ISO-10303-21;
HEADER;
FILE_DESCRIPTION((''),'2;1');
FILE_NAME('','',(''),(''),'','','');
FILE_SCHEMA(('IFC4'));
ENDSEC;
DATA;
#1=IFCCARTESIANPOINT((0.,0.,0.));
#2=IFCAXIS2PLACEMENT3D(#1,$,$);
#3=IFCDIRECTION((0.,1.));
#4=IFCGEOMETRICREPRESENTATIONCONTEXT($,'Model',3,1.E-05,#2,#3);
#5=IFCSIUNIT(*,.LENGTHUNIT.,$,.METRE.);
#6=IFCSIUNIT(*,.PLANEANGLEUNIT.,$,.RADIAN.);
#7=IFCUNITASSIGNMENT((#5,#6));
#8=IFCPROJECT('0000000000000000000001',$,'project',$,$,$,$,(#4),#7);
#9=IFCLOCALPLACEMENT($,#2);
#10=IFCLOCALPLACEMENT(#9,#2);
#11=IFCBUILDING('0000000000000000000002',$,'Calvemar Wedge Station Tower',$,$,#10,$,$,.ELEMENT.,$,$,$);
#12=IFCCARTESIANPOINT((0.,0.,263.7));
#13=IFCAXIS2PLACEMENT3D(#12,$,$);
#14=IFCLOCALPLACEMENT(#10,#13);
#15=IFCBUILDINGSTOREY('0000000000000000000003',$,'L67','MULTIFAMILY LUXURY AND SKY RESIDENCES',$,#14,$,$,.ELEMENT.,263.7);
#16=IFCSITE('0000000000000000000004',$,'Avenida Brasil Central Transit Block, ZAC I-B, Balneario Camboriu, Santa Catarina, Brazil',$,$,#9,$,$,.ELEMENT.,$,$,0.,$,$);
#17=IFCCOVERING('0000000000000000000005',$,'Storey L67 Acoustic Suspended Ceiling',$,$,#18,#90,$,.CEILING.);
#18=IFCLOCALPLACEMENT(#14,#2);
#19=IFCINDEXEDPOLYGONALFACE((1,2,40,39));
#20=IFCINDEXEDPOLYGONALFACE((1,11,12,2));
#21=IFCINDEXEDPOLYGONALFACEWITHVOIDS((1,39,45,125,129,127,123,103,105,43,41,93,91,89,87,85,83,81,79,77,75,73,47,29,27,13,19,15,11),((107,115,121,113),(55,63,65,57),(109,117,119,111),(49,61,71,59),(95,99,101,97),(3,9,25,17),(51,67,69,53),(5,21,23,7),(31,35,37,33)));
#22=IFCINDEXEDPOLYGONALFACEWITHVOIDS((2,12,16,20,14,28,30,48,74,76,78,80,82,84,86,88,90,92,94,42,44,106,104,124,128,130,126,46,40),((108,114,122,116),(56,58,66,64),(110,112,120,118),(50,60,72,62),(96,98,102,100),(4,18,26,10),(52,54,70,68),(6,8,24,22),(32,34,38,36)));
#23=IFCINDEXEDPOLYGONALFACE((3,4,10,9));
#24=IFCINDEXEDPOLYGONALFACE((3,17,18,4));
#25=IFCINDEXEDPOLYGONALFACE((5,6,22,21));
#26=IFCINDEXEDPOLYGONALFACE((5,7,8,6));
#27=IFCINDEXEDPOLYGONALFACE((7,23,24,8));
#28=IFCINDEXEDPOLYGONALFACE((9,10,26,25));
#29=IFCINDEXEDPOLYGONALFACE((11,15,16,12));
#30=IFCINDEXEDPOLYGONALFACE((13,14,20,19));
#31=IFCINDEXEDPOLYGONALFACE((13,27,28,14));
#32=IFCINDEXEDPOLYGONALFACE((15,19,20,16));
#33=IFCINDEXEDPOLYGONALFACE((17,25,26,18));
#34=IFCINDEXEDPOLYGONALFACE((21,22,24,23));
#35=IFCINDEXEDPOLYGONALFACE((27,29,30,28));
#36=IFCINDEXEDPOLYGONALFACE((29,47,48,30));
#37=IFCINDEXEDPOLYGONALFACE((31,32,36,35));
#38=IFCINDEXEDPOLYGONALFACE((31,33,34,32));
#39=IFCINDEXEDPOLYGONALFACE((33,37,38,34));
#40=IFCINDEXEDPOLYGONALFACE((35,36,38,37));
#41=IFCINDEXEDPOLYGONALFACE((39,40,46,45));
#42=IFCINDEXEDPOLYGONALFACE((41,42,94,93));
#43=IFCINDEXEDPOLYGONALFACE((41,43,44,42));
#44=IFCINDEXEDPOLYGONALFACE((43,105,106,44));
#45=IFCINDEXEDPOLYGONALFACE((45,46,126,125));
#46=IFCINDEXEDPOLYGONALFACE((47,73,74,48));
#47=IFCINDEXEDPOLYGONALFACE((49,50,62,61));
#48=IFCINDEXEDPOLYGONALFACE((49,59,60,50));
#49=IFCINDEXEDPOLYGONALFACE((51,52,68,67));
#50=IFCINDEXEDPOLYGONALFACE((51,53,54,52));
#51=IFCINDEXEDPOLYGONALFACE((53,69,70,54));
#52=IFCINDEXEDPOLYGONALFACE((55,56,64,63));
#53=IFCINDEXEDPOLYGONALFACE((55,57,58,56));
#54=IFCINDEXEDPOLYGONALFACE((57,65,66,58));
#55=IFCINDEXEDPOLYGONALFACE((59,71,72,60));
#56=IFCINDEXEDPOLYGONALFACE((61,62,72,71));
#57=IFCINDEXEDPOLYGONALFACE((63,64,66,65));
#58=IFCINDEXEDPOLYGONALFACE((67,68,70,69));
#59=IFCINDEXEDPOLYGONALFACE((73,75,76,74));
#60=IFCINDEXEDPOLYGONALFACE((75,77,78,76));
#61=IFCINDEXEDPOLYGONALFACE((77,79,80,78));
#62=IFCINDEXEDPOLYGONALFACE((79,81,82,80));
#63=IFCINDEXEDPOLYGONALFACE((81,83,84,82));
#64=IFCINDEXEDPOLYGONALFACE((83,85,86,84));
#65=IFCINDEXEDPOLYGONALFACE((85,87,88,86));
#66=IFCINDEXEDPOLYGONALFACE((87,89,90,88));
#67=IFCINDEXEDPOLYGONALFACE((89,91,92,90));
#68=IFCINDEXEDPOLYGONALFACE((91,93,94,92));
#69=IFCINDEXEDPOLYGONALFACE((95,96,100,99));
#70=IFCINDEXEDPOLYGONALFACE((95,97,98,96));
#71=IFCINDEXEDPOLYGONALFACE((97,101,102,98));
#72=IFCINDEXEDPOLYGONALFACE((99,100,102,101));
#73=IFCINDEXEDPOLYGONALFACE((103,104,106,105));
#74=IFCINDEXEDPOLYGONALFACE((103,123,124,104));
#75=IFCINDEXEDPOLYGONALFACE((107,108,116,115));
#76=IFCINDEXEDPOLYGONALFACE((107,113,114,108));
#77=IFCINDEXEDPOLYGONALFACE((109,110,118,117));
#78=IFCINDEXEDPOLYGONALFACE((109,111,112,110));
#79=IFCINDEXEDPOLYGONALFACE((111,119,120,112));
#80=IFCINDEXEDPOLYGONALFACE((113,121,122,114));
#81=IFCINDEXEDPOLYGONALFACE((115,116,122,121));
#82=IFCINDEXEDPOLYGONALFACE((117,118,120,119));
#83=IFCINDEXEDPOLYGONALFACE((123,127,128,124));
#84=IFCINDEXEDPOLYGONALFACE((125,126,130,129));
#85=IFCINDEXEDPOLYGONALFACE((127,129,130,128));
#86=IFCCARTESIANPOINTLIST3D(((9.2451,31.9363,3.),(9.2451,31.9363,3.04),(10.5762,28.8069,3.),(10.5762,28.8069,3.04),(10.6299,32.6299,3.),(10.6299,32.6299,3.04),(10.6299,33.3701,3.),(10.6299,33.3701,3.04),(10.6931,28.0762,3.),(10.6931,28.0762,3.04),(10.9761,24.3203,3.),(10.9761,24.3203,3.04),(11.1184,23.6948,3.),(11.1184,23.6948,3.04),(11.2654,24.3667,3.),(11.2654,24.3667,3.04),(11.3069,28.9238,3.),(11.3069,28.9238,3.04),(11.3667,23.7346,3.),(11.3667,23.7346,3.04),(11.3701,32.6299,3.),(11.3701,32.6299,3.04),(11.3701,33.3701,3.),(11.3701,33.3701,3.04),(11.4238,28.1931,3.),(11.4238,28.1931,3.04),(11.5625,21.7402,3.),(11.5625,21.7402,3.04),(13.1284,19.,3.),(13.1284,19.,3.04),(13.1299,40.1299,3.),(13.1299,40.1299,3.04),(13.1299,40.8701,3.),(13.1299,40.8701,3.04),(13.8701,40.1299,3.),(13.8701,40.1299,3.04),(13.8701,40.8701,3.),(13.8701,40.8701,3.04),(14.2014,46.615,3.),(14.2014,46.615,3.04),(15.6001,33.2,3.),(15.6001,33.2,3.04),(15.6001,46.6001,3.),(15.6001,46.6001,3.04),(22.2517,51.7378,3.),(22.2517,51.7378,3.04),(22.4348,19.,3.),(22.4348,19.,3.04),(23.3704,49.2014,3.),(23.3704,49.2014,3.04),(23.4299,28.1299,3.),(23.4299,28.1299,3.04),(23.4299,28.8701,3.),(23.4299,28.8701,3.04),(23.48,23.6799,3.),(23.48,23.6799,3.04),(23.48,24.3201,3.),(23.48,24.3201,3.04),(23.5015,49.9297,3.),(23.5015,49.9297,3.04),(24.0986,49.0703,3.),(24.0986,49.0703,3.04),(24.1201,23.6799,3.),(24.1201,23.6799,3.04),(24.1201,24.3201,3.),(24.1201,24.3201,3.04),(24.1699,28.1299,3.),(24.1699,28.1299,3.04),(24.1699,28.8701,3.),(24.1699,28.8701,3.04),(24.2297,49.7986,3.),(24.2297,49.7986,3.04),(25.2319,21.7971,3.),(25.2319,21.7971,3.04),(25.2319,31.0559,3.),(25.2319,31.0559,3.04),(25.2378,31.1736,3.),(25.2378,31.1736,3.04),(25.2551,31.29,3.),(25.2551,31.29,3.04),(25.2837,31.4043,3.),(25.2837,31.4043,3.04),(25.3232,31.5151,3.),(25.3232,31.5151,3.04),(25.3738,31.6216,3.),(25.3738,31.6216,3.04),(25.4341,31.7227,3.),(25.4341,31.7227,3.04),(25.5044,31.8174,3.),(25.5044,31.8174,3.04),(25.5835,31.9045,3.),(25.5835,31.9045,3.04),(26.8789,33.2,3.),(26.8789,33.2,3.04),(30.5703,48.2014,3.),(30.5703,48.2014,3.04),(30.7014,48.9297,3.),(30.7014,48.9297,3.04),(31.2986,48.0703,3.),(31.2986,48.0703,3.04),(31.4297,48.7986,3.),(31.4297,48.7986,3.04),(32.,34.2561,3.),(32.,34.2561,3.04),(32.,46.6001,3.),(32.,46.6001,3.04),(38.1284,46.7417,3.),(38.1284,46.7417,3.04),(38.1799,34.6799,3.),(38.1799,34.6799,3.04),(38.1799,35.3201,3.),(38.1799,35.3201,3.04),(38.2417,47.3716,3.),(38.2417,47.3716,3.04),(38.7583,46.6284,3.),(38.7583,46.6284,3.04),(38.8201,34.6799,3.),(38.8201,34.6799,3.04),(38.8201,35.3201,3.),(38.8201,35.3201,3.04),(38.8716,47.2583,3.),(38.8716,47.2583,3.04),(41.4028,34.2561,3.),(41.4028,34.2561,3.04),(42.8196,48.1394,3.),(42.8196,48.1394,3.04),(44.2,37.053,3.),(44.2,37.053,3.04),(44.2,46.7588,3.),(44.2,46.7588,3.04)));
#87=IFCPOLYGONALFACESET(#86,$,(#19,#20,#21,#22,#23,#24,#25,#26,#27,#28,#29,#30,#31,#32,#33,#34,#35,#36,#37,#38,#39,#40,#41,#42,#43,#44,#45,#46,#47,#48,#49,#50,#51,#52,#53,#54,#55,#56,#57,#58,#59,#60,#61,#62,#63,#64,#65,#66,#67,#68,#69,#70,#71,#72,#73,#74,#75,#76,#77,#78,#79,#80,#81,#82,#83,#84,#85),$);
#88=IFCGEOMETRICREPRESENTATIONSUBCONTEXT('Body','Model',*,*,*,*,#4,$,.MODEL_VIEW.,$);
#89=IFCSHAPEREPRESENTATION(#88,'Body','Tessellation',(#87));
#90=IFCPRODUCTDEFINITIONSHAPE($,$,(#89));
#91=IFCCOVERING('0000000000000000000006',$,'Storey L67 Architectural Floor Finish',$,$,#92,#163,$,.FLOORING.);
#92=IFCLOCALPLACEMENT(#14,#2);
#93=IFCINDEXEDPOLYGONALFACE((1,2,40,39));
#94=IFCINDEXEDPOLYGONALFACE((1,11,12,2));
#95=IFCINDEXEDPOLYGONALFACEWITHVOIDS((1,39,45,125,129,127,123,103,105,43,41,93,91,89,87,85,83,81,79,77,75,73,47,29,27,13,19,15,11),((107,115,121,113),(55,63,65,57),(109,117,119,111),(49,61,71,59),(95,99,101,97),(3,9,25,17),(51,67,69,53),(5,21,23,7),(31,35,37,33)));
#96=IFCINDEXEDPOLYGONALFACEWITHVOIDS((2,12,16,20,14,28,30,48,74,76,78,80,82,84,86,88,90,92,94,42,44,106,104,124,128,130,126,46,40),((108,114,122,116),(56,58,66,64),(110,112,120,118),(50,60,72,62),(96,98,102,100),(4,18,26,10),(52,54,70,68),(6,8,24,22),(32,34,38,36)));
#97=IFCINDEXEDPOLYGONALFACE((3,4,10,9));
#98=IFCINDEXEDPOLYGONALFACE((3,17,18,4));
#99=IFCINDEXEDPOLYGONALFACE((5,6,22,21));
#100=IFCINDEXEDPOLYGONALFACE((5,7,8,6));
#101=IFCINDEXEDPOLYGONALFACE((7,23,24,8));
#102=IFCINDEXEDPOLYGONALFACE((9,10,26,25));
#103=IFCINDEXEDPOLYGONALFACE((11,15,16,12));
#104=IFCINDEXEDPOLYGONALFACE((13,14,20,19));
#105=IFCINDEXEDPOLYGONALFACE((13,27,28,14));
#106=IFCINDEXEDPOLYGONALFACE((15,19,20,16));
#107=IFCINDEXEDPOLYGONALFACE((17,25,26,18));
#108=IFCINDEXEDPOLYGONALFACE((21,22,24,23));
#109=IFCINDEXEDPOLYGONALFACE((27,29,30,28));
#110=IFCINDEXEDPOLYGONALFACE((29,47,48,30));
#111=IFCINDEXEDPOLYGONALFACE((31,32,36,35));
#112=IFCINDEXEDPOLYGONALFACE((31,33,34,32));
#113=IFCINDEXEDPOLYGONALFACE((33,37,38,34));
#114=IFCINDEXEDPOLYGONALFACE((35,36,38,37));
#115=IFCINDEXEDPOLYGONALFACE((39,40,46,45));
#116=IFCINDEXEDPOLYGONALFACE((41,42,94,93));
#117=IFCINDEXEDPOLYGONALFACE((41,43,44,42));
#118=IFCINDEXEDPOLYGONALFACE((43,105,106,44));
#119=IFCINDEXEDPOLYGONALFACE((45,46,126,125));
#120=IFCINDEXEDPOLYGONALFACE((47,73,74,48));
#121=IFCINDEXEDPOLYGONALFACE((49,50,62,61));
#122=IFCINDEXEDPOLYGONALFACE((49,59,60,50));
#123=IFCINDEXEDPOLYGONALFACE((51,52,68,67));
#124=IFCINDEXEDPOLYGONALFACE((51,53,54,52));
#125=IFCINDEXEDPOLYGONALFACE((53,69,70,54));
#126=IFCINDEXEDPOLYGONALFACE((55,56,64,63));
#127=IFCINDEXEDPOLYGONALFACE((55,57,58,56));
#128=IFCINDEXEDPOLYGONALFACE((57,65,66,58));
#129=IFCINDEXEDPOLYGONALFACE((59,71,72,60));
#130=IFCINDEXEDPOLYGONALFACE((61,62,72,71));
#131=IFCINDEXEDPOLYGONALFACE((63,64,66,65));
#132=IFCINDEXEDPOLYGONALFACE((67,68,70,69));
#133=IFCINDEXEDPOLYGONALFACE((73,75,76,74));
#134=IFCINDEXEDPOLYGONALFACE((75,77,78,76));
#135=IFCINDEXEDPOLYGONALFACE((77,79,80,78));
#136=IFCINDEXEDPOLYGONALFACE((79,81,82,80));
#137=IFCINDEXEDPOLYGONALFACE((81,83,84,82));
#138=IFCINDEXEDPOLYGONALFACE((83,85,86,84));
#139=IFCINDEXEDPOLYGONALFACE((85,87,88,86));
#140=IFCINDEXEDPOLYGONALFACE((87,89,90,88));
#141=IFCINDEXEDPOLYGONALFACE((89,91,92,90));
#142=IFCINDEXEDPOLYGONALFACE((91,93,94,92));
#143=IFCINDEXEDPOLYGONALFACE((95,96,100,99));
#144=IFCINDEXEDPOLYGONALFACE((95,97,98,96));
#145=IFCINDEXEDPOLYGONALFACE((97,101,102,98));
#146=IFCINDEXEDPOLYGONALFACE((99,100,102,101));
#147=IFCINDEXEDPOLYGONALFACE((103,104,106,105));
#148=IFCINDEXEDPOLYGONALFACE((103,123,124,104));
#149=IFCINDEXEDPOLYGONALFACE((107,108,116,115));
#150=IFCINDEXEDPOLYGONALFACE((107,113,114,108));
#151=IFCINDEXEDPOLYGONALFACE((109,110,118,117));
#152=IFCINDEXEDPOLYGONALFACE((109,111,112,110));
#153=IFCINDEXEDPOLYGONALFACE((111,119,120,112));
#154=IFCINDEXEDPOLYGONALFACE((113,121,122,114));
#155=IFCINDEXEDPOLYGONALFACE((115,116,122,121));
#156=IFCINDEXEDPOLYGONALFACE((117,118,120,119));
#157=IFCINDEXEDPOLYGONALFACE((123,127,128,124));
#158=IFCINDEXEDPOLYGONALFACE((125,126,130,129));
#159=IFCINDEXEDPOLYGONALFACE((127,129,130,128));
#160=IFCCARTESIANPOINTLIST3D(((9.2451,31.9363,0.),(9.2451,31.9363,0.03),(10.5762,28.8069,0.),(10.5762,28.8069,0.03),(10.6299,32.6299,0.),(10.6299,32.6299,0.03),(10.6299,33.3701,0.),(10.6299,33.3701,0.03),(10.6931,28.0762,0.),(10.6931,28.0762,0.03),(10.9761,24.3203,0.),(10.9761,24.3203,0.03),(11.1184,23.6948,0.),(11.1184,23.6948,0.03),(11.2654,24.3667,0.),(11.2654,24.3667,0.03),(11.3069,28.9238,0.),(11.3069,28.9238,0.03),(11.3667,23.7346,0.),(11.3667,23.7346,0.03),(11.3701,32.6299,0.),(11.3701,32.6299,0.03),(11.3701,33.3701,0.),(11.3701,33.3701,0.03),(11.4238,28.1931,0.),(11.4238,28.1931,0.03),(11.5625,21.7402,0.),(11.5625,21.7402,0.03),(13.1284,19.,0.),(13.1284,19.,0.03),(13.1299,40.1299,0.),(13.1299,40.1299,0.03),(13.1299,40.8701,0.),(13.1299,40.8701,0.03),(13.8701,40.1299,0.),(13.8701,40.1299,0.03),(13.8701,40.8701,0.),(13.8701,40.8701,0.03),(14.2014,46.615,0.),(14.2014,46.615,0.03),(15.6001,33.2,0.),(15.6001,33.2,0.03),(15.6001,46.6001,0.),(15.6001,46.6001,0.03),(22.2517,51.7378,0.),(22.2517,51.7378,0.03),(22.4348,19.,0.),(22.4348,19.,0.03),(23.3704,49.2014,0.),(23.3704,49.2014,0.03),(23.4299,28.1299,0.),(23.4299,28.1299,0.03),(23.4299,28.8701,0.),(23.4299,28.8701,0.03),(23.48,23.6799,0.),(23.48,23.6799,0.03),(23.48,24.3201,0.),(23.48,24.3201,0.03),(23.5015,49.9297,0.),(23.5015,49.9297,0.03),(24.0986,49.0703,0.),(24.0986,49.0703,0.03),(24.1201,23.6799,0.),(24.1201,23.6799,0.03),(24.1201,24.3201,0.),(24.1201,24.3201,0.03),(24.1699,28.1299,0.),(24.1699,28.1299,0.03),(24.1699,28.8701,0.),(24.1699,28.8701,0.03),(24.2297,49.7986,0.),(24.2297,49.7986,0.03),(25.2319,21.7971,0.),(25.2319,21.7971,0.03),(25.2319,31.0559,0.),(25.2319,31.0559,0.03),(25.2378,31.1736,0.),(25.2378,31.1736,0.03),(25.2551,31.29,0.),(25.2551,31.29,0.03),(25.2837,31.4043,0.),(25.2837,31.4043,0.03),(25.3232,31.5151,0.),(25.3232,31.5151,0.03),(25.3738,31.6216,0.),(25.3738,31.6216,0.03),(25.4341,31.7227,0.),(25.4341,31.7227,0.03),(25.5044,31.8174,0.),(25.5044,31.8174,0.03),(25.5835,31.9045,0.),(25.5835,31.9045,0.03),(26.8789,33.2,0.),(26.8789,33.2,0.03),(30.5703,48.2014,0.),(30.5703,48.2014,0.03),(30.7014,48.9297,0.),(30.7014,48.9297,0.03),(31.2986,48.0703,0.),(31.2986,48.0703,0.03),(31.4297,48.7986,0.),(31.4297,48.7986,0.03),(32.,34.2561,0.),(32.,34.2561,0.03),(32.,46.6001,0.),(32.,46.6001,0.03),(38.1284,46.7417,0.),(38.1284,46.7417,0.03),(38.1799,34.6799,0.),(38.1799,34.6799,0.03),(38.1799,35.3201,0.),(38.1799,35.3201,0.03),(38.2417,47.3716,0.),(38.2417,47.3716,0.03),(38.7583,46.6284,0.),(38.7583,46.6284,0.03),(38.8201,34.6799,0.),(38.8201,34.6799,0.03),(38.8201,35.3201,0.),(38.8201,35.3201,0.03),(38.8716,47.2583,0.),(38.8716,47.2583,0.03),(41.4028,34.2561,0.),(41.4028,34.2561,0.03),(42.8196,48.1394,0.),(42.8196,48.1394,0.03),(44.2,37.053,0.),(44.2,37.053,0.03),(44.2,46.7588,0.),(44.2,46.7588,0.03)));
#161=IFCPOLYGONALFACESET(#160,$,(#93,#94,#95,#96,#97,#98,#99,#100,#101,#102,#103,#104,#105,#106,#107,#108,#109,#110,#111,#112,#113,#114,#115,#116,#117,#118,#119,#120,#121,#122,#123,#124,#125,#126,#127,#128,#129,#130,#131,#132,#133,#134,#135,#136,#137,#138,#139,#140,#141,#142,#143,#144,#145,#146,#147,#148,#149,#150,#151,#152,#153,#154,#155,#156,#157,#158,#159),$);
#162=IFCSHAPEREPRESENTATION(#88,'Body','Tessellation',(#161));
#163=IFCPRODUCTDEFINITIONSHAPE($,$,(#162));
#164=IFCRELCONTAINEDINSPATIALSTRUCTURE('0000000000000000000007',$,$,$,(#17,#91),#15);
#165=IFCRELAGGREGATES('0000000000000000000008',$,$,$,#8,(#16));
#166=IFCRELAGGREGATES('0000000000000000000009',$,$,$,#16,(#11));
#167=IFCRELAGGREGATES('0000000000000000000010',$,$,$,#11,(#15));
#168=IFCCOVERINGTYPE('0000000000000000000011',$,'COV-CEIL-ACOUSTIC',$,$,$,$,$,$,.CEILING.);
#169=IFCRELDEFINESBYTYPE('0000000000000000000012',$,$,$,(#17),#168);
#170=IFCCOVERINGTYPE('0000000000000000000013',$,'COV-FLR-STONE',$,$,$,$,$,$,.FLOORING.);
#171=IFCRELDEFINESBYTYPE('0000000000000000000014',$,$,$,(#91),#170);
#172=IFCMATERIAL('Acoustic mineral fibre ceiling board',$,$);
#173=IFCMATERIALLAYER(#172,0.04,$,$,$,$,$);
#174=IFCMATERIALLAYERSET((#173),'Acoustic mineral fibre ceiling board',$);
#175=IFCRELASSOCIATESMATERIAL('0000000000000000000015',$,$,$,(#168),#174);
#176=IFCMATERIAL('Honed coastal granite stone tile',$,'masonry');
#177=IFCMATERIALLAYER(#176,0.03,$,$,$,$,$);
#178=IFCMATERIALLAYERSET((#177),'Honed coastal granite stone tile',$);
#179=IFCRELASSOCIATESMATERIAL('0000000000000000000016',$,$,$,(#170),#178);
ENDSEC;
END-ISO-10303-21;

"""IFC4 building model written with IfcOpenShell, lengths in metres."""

from ifc_helpers import new_model, si_unit, direction, frame, origin, place, context, subcontext, project, spatial, polyline, outline, extrude, material, layer, layer_set, type_object, element, save


model = new_model("IFC4")

# Units and contexts
model_context = context("Model", 3, precision=1e-05, world=origin(), true_north=direction((0.0, 1.0)))
body_context = subcontext(model_context, "Body", "Model", "MODEL_VIEW")
ifc_project = project(units=[si_unit("LENGTHUNIT", "METRE"), si_unit("PLANEANGLEUNIT", "RADIAN")], contexts=[model_context])

# Site, building, storey
site_placement = place(None, origin())
site = spatial("IfcSite", under=ifc_project, at=site_placement, Name="Avenida Brasil Central Transit Block, ZAC I-B, Balneario Camboriu, Santa Catarina, Brazil", CompositionType="ELEMENT", RefElevation=0.0)
building_placement = place(site_placement, origin())
building = spatial("IfcBuilding", under=site, at=building_placement, Name="Calvemar Wedge Station Tower", CompositionType="ELEMENT")
storey_placement = place(building_placement, frame((0.0, 0.0, 263.7)))
storey = spatial("IfcBuildingStorey", under=building, at=storey_placement, Name="L67", Description="MULTIFAMILY LUXURY AND SKY RESIDENCES", CompositionType="ELEMENT", Elevation=263.7)

# Coverings
ifc_material_1 = material(Name="Acoustic mineral fibre ceiling board")
ifc_layer_1 = layer(ifc_material_1, 0.04)
ifc_layer_set_1 = layer_set([ifc_layer_1], Name="Acoustic mineral fibre ceiling board")
covering_type_1 = type_object("IfcCoveringType", Name="COV-CEIL-ACOUSTIC", PredefinedType="CEILING", material=ifc_layer_set_1)
covering_1_placement = place(storey_placement, frame((0.0, 0.0, 3.0)))
element("IfcCovering", 1, at=covering_1_placement, inside=storey, type_object=covering_type_1, Name="Storey L67 Acoustic Suspended Ceiling", PredefinedType="CEILING", context=body_context, shape_type="SweptSolid", body=[
    extrude(outline(polyline([(15.6001, 33.2), (15.6001, 46.6001), (32.0, 46.6001), (32.0, 34.2561), (41.4028, 34.2561), (44.2, 37.053), (44.2, 46.7588), (42.8196, 48.1394), (22.2517, 51.7378), (14.2014, 46.615), (9.2451, 31.9363), (10.9761, 24.3203), (11.2654, 24.3667), (11.3667, 23.7346), (11.1184, 23.6948), (11.5625, 21.7402), (13.1284, 19.0), (22.4348, 19.0), (25.2319, 21.7971), (25.2319, 31.0559), (25.2378, 31.1736), (25.2551, 31.29), (25.2837, 31.4043), (25.3232, 31.5151), (25.3738, 31.6216), (25.4341, 31.7227), (25.5044, 31.8174), (25.5835, 31.9045), (26.8789, 33.2), (15.6001, 33.2)]), holes=[polyline([(11.3701, 33.3701), (11.3701, 32.6299), (10.6299, 32.6299), (10.6299, 33.3701), (11.3701, 33.3701)]), polyline([(13.8701, 40.1299), (13.1299, 40.1299), (13.1299, 40.8701), (13.8701, 40.8701), (13.8701, 40.1299)]), polyline([(23.3704, 49.2014), (23.5015, 49.9297), (24.2297, 49.7986), (24.0986, 49.0703), (23.3704, 49.2014)]), polyline([(30.7014, 48.9297), (31.4297, 48.7986), (31.2986, 48.0703), (30.5703, 48.2014), (30.7014, 48.9297)]), polyline([(38.8716, 47.2583), (38.7583, 46.6284), (38.1284, 46.7417), (38.2417, 47.3716), (38.8716, 47.2583)]), polyline([(38.8201, 34.6799), (38.1799, 34.6799), (38.1799, 35.3201), (38.8201, 35.3201), (38.8201, 34.6799)]), polyline([(10.5762, 28.8069), (11.3069, 28.9238), (11.4238, 28.1931), (10.6931, 28.0762), (10.5762, 28.8069)]), polyline([(24.1699, 28.8701), (24.1699, 28.1299), (23.4299, 28.1299), (23.4299, 28.8701), (24.1699, 28.8701)]), polyline([(24.1201, 23.6799), (23.48, 23.6799), (23.48, 24.3201), (24.1201, 24.3201), (24.1201, 23.6799)])]), origin(), (0.0, 0.0, 1.0), 0.04),
])
ifc_material_2 = material(Name="Honed coastal granite stone tile", Category="masonry")
ifc_layer_2 = layer(ifc_material_2, 0.03)
ifc_layer_set_2 = layer_set([ifc_layer_2], Name="Honed coastal granite stone tile")
covering_type_2 = type_object("IfcCoveringType", Name="COV-FLR-STONE", PredefinedType="FLOORING", material=ifc_layer_set_2)
covering_2_placement = place(storey_placement, origin())
element("IfcCovering", 2, at=covering_2_placement, inside=storey, type_object=covering_type_2, Name="Storey L67 Architectural Floor Finish", PredefinedType="FLOORING", context=body_context, shape_type="SweptSolid", body=[
    extrude(outline(polyline([(15.6001, 33.2), (15.6001, 46.6001), (32.0, 46.6001), (32.0, 34.2561), (41.4028, 34.2561), (44.2, 37.053), (44.2, 46.7588), (42.8196, 48.1394), (22.2517, 51.7378), (14.2014, 46.615), (9.2451, 31.9363), (10.9761, 24.3203), (11.2654, 24.3667), (11.3667, 23.7346), (11.1184, 23.6948), (11.5625, 21.7402), (13.1284, 19.0), (22.4348, 19.0), (25.2319, 21.7971), (25.2319, 31.0559), (25.2378, 31.1736), (25.2551, 31.29), (25.2837, 31.4043), (25.3232, 31.5151), (25.3738, 31.6216), (25.4341, 31.7227), (25.5044, 31.8174), (25.5835, 31.9045), (26.8789, 33.2), (15.6001, 33.2)]), holes=[polyline([(11.3701, 33.3701), (11.3701, 32.6299), (10.6299, 32.6299), (10.6299, 33.3701), (11.3701, 33.3701)]), polyline([(13.8701, 40.1299), (13.1299, 40.1299), (13.1299, 40.8701), (13.8701, 40.8701), (13.8701, 40.1299)]), polyline([(23.3704, 49.2014), (23.5015, 49.9297), (24.2297, 49.7986), (24.0986, 49.0703), (23.3704, 49.2014)]), polyline([(30.7014, 48.9297), (31.4297, 48.7986), (31.2986, 48.0703), (30.5703, 48.2014), (30.7014, 48.9297)]), polyline([(38.8716, 47.2583), (38.7583, 46.6284), (38.1284, 46.7417), (38.2417, 47.3716), (38.8716, 47.2583)]), polyline([(38.8201, 34.6799), (38.1799, 34.6799), (38.1799, 35.3201), (38.8201, 35.3201), (38.8201, 34.6799)]), polyline([(10.5762, 28.8069), (11.3069, 28.9238), (11.4238, 28.1931), (10.6931, 28.0762), (10.5762, 28.8069)]), polyline([(24.1699, 28.8701), (24.1699, 28.1299), (23.4299, 28.1299), (23.4299, 28.8701), (24.1699, 28.8701)]), polyline([(24.1201, 23.6799), (23.48, 23.6799), (23.48, 24.3201), (24.1201, 24.3201), (24.1201, 23.6799)])]), origin(), (0.0, 0.0, 1.0), 0.03),
])

save(model, "model.ifc")
